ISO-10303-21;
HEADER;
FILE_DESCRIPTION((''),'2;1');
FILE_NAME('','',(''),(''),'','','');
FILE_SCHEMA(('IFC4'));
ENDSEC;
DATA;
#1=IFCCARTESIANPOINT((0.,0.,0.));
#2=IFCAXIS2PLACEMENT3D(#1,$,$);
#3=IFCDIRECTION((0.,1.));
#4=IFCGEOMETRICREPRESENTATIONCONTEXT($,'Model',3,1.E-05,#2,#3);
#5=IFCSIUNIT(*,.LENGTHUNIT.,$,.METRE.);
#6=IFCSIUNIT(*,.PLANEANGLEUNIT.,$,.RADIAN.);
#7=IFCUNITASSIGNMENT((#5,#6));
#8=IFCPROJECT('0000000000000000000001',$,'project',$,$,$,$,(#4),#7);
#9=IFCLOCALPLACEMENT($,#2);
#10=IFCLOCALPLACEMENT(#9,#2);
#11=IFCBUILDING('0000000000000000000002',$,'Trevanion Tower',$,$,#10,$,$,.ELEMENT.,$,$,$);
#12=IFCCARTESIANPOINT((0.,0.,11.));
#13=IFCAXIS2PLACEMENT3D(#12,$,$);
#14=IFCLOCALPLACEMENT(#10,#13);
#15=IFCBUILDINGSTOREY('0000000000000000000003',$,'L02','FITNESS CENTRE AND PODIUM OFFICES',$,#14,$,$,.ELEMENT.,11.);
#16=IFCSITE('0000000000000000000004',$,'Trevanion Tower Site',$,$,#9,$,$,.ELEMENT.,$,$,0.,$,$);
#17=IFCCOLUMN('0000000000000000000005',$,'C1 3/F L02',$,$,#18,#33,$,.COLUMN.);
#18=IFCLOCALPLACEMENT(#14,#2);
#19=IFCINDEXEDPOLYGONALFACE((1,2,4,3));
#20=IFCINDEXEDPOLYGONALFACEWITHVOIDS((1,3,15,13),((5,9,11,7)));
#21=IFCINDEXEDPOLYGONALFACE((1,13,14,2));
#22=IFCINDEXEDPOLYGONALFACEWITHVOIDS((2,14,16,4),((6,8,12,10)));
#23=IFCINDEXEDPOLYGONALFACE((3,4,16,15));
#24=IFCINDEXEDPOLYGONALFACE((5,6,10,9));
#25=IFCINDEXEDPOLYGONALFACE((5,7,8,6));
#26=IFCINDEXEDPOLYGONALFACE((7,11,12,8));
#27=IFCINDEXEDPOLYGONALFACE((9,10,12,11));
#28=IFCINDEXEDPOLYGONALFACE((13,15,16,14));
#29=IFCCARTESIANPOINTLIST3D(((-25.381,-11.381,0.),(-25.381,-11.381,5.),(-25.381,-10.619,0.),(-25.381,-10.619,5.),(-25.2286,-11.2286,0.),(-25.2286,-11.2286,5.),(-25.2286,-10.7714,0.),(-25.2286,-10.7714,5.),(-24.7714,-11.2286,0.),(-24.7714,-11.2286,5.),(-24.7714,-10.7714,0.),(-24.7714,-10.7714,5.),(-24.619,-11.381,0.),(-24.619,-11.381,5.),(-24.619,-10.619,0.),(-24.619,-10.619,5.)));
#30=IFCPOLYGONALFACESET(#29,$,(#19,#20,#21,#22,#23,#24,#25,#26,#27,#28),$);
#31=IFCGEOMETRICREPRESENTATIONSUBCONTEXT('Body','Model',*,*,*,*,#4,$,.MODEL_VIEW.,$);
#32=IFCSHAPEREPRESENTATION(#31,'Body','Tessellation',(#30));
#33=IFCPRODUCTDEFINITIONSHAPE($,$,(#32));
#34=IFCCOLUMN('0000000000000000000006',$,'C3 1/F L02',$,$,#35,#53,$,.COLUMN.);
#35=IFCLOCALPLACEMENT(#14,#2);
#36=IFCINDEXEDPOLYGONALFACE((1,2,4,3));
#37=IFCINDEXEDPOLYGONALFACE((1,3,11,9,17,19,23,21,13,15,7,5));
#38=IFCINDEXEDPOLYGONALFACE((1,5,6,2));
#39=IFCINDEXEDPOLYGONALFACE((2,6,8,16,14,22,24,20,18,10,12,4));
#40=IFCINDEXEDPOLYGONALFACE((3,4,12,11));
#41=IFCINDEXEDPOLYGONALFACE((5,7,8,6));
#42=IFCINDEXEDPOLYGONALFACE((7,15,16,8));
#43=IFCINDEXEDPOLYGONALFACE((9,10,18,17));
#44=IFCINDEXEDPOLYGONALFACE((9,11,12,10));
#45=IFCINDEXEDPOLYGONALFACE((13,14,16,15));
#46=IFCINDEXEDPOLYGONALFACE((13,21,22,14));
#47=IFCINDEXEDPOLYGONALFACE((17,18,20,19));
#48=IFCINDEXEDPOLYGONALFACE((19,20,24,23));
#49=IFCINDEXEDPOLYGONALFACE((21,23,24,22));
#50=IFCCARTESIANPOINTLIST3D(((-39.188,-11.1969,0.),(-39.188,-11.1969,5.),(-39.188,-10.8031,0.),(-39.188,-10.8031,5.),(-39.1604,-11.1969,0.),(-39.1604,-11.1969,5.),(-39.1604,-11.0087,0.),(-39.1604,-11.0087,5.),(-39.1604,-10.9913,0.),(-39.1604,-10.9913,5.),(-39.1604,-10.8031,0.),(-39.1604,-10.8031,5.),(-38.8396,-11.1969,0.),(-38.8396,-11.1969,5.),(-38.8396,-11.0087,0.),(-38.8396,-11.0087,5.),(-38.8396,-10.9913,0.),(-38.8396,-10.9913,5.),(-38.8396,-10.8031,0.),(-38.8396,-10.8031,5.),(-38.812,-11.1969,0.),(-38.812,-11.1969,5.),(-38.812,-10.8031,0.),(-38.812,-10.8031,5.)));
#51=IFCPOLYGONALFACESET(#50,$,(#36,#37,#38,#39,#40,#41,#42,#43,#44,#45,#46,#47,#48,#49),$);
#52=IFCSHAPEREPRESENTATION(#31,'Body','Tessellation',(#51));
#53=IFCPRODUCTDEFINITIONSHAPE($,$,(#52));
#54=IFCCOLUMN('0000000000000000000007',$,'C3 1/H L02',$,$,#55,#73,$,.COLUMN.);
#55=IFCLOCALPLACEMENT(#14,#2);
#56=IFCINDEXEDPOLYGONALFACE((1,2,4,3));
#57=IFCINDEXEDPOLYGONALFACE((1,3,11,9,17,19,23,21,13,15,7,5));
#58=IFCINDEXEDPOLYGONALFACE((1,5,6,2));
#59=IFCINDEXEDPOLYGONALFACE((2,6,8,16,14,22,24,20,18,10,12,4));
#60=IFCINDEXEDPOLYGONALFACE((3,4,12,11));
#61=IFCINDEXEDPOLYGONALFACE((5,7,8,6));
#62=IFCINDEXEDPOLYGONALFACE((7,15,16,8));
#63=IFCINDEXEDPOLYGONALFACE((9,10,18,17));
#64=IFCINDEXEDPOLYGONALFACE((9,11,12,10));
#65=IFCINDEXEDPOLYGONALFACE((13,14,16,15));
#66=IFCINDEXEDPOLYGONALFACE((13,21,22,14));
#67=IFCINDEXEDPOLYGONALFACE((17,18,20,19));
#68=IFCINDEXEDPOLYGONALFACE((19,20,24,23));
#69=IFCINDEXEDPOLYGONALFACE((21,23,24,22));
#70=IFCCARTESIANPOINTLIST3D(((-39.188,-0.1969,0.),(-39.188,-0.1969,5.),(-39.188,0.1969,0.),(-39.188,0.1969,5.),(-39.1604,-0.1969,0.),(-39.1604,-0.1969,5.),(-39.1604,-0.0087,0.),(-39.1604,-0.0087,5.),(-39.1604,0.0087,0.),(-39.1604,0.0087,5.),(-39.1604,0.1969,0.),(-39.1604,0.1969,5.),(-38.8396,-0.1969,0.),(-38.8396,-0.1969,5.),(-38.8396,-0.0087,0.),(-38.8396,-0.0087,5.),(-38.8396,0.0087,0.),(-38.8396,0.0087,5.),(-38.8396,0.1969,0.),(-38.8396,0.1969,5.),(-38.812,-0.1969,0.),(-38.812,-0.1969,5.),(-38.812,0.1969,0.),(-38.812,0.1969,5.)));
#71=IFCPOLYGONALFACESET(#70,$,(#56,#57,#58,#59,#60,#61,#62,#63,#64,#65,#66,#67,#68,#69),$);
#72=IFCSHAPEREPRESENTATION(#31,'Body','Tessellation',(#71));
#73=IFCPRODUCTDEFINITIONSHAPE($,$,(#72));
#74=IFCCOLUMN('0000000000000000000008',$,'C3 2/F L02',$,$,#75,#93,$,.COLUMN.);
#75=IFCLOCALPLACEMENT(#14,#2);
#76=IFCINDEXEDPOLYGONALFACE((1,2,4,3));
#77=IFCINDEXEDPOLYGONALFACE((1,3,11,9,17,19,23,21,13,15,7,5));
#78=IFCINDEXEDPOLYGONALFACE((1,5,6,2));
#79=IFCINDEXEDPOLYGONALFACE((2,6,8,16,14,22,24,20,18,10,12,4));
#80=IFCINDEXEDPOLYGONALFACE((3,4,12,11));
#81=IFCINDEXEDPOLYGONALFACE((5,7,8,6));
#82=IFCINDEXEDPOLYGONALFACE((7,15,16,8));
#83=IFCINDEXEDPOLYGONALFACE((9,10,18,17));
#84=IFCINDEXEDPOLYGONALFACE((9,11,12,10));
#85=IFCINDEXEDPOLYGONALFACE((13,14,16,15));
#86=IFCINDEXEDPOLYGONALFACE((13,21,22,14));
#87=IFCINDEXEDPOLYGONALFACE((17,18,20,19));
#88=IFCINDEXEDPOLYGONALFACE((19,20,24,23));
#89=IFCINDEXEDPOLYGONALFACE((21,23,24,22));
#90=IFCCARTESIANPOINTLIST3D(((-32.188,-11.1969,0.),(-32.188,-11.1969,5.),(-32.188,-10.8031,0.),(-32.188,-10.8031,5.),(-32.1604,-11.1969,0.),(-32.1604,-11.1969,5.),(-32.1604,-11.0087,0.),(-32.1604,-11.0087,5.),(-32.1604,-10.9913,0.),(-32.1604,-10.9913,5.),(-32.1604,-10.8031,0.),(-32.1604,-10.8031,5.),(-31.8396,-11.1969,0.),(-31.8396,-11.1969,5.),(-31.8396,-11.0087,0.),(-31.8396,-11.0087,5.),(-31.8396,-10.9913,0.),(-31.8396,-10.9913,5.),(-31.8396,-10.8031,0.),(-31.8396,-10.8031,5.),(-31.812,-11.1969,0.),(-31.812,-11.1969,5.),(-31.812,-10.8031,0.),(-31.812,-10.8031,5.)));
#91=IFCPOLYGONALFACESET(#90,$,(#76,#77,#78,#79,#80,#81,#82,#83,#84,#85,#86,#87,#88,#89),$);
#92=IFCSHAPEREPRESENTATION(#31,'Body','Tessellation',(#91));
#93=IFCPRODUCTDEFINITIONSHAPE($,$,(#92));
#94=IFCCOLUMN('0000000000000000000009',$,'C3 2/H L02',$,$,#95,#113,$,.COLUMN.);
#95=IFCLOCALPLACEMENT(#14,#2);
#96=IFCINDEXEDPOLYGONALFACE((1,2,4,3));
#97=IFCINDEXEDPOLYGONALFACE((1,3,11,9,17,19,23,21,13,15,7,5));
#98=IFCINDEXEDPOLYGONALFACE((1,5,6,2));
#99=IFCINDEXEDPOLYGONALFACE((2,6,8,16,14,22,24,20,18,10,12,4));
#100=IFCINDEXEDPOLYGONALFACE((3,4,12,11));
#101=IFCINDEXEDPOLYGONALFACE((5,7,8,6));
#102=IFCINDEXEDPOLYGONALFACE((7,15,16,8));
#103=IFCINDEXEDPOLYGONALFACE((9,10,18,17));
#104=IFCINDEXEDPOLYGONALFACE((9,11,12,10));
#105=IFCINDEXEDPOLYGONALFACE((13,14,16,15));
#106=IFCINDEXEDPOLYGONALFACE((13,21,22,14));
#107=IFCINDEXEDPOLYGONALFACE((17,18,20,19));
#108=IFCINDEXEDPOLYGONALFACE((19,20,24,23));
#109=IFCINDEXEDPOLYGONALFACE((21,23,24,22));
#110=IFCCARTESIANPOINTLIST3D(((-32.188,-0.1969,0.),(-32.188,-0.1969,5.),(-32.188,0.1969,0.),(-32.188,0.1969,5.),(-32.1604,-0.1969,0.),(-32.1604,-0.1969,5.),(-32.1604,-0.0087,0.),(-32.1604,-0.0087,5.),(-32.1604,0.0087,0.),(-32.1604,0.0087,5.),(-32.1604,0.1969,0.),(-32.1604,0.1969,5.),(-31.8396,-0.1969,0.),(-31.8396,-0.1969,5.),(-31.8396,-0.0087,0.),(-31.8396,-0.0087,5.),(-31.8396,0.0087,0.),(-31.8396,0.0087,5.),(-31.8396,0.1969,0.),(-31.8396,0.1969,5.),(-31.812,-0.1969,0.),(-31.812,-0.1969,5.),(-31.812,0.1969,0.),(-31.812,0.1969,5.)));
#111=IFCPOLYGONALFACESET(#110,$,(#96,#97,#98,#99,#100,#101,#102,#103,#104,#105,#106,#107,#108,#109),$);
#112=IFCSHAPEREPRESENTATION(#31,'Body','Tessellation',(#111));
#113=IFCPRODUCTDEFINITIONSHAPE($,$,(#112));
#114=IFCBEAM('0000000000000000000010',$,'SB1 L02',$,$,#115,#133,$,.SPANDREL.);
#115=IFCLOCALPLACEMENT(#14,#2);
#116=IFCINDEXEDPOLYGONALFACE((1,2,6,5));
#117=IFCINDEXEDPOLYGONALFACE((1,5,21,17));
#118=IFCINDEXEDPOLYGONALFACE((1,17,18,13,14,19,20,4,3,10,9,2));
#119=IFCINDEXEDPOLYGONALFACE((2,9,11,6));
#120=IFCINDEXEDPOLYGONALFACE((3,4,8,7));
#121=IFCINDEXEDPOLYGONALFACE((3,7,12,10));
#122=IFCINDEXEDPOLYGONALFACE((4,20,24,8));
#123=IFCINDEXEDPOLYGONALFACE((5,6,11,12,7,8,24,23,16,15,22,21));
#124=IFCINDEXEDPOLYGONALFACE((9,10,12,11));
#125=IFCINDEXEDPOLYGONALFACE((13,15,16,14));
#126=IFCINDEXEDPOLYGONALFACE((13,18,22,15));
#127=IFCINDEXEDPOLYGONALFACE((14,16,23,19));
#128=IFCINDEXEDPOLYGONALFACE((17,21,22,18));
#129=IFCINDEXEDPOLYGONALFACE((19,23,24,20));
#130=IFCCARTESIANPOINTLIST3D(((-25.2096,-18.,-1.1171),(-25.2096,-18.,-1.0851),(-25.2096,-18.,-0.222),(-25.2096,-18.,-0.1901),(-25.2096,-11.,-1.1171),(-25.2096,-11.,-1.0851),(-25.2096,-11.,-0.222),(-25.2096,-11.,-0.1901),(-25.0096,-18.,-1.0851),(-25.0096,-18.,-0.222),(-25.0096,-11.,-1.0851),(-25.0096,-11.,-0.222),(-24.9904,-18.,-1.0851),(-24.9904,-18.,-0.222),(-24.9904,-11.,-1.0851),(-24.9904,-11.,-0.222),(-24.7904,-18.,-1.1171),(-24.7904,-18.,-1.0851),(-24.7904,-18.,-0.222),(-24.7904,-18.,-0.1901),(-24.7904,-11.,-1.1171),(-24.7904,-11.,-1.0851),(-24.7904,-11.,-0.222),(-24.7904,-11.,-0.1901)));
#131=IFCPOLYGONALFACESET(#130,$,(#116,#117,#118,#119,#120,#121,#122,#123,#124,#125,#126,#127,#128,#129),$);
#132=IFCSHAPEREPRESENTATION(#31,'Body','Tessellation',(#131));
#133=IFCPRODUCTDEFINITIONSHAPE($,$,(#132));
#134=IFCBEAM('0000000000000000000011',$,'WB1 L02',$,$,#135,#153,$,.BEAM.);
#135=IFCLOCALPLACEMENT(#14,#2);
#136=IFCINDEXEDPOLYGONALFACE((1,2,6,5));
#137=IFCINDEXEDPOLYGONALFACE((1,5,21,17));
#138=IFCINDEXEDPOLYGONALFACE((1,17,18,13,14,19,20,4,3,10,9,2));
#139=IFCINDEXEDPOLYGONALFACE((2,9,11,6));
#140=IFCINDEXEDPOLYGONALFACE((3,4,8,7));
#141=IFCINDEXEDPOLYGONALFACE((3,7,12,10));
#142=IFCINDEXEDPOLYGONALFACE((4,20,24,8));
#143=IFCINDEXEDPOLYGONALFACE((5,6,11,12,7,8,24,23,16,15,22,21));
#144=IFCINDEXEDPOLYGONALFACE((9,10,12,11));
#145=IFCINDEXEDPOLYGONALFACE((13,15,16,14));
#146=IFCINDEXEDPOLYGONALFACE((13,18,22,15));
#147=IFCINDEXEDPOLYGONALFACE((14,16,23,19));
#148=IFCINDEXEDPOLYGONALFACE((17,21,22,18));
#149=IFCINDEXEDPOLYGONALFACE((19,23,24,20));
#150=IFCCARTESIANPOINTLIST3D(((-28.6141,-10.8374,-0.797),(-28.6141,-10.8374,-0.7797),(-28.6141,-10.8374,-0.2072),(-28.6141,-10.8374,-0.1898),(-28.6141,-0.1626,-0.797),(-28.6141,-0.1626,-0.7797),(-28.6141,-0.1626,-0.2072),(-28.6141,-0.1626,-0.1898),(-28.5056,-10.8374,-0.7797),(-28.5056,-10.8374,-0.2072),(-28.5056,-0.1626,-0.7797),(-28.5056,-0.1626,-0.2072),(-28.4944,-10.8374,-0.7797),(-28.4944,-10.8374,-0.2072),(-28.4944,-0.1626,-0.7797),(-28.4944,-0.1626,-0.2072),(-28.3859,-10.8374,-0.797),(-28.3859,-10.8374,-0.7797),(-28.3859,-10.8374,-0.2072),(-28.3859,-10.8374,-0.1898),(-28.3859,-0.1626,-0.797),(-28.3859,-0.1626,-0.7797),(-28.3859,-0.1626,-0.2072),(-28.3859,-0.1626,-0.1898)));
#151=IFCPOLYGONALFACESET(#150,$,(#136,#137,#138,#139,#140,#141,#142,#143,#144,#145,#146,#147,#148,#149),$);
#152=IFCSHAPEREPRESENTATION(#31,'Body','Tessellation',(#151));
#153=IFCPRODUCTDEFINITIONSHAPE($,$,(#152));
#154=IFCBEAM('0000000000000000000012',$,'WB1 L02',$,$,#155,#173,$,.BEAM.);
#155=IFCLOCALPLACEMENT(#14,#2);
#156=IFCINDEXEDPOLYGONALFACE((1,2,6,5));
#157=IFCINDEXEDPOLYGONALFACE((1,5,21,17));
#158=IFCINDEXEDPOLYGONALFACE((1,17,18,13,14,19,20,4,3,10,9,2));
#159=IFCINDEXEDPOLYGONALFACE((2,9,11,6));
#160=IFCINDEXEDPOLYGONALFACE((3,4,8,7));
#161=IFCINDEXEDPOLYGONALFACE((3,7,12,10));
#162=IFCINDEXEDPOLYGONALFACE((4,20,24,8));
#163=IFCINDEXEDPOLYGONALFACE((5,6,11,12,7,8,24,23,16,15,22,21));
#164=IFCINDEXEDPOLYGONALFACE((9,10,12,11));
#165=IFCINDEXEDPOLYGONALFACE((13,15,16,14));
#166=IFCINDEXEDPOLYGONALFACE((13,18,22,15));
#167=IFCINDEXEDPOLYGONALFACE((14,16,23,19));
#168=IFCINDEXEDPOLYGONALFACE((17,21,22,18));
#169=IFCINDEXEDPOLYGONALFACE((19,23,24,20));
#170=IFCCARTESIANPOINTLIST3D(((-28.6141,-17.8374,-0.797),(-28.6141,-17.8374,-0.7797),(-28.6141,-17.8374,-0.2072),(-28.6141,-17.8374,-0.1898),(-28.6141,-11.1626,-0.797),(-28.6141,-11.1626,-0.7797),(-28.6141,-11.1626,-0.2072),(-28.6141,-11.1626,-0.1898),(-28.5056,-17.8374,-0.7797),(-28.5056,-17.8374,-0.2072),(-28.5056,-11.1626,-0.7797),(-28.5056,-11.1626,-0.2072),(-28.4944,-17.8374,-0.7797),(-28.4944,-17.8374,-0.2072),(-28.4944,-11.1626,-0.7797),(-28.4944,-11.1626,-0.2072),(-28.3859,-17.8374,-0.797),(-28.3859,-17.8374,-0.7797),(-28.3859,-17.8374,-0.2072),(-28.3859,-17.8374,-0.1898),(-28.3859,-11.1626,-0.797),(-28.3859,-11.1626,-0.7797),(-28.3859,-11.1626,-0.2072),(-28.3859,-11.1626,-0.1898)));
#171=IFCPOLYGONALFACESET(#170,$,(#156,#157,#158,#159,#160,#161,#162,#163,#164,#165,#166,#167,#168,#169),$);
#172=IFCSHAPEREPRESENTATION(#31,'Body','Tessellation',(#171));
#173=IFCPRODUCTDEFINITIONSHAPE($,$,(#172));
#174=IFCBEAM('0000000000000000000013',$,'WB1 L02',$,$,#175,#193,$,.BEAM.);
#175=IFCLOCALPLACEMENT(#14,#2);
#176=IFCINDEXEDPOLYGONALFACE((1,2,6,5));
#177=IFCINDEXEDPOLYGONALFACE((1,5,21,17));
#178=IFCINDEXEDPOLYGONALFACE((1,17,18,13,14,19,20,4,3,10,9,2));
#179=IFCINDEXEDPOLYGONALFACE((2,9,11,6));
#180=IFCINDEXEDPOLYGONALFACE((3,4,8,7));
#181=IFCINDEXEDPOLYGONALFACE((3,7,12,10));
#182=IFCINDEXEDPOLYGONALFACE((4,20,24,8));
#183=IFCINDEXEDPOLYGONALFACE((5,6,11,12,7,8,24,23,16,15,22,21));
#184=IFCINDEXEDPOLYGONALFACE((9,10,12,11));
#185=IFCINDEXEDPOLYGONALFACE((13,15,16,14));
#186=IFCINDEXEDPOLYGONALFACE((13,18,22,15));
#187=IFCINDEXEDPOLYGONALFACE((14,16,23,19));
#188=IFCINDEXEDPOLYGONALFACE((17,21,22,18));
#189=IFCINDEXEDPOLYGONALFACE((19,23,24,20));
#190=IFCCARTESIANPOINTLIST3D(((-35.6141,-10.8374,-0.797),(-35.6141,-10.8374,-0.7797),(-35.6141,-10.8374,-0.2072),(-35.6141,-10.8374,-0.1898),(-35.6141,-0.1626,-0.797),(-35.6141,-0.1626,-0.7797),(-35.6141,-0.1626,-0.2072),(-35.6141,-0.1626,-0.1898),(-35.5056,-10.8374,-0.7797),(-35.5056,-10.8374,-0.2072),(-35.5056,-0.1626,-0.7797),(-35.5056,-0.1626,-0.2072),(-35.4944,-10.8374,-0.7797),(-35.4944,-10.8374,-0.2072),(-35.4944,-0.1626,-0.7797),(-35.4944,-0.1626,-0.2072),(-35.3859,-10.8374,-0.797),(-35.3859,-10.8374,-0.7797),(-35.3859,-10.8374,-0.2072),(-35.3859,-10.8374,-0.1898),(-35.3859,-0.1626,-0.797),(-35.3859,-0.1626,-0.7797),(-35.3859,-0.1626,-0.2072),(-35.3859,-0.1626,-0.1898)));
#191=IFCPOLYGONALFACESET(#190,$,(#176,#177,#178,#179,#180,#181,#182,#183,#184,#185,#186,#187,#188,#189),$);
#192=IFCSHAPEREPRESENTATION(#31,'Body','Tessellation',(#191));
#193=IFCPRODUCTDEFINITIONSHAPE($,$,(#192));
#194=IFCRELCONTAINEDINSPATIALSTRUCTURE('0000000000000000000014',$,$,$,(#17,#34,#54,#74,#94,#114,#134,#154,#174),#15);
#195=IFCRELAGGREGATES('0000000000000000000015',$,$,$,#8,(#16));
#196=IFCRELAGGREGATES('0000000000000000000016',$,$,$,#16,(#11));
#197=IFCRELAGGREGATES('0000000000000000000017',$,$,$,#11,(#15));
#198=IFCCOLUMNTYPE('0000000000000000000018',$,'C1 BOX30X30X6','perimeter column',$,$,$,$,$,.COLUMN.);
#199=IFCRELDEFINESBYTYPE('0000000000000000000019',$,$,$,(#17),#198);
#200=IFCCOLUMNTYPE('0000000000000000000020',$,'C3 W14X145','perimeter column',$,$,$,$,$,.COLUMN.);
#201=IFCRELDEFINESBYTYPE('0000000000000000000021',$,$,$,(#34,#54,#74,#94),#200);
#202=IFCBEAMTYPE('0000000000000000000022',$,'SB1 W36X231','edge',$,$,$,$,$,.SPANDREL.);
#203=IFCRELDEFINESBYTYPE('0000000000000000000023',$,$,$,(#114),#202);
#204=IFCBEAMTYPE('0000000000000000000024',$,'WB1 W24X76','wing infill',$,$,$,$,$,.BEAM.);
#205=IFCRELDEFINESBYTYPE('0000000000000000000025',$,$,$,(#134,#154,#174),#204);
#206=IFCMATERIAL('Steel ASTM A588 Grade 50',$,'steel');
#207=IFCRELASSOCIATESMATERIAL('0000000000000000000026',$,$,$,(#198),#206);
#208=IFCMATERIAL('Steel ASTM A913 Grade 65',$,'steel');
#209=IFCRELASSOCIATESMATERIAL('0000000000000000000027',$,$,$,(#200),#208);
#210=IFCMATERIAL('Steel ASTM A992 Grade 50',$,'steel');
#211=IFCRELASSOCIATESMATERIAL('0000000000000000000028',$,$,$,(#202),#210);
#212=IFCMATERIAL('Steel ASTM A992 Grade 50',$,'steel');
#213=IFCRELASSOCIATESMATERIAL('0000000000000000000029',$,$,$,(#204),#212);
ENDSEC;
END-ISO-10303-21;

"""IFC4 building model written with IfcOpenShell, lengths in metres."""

from ifc_helpers import new_model, si_unit, direction, frame, origin, origin_2d, place, context, subcontext, project, spatial, hollow_rectangle, i_section, extrude, material, material_profile, profile_set, type_object, element, save


model = new_model("IFC4")

# Units and contexts
model_context = context("Model", 3, precision=1e-05, world=origin(), true_north=direction((0.0, 1.0)))
body_context = subcontext(model_context, "Body", "Model", "MODEL_VIEW")
ifc_project = project(units=[si_unit("LENGTHUNIT", "METRE"), si_unit("PLANEANGLEUNIT", "RADIAN")], contexts=[model_context])

# Site, building, storey
site_placement = place(None, origin())
site = spatial("IfcSite", under=ifc_project, at=site_placement, Name="Trevanion Tower Site", CompositionType="ELEMENT", RefElevation=0.0)
building_placement = place(site_placement, origin())
building = spatial("IfcBuilding", under=site, at=building_placement, Name="Trevanion Tower", CompositionType="ELEMENT")
storey_placement = place(building_placement, frame((0.0, 0.0, 11.0)))
storey = spatial("IfcBuildingStorey", under=building, at=storey_placement, Name="L02", Description="FITNESS CENTRE AND PODIUM OFFICES", CompositionType="ELEMENT", Elevation=11.0)

# Columns
ifc_material_1 = material(Name="Steel ASTM A588 Grade 50", Category="steel")
ifc_material_profile_1 = material_profile(ifc_material_1, hollow_rectangle(XDim=0.762, YDim=0.762, WallThickness=0.1523, at=origin_2d()), Name="BOX30X30X6")
ifc_profile_set_1 = profile_set([ifc_material_profile_1], Name="Steel ASTM A588 Grade 50")
column_type_1 = type_object("IfcColumnType", Name="C1 BOX30X30X6", Description="perimeter column", PredefinedType="COLUMN", material=ifc_profile_set_1)
column_placement = place(storey_placement, frame((-25.0, -11.0, 0.0), z_axis=(0.0, 0.0, 1.0), x_axis=(0.0, 1.0, 0.0)))
element("IfcColumn", 1, at=column_placement, inside=storey, type_object=column_type_1, Name="C1 3/F L02", PredefinedType="COLUMN", context=body_context, shape_type="SweptSolid", body=[
    extrude(hollow_rectangle(XDim=0.762, YDim=0.762, WallThickness=0.1523, at=origin_2d()), origin(), (0.0, 0.0, 1.0), 5.0),
])
ifc_material_2 = material(Name="Steel ASTM A913 Grade 65", Category="steel")
ifc_material_profile_2 = material_profile(ifc_material_2, i_section(OverallWidth=0.3938, OverallDepth=0.376, WebThickness=0.0173, FlangeThickness=0.0276, at=origin_2d()), Name="W14X145")
ifc_profile_set_2 = profile_set([ifc_material_profile_2], Name="Steel ASTM A913 Grade 65")
column_type_2 = type_object("IfcColumnType", Name="C3 W14X145", Description="perimeter column", PredefinedType="COLUMN", material=ifc_profile_set_2)
for number, where, z_axis, x_axis, name in (
    (2, (-39.0, -11.0, 0.0), (0.0, 0.0, 1.0), (0.0, 1.0, 0.0), "C3 1/F L02"),
    (3, (-39.0, 0.0, 0.0), (0.0, 0.0, 1.0), (0.0, 1.0, 0.0), "C3 1/H L02"),
    (4, (-32.0, -11.0, 0.0), (0.0, 0.0, 1.0), (0.0, 1.0, 0.0), "C3 2/F L02"),
    (5, (-32.0, 0.0, 0.0), (0.0, 0.0, 1.0), (0.0, 1.0, 0.0), "C3 2/H L02"),
):
    element("IfcColumn", number, at=place(storey_placement, frame(where, z_axis=z_axis, x_axis=x_axis)), inside=storey, type_object=column_type_2, Name=name, PredefinedType="COLUMN", context=body_context, shape_type="SweptSolid", body=[
        extrude(i_section(OverallWidth=0.3938, OverallDepth=0.376, WebThickness=0.0173, FlangeThickness=0.0276, at=origin_2d()), origin(), (0.0, 0.0, 1.0), 5.0),
    ])

# Beams
ifc_material_3 = material(Name="Steel ASTM A992 Grade 50", Category="steel")
ifc_material_profile_3 = material_profile(ifc_material_3, i_section(OverallWidth=0.4192, OverallDepth=0.927, WebThickness=0.0193, FlangeThickness=0.032, at=origin_2d()), Name="W36X231")
ifc_profile_set_3 = profile_set([ifc_material_profile_3], Name="Steel ASTM A992 Grade 50")
beam_type_1 = type_object("IfcBeamType", Name="SB1 W36X231", Description="edge", PredefinedType="SPANDREL", material=ifc_profile_set_3)
beam_1_placement = place(storey_placement, frame((-25.0, -11.0, -0.6536), z_axis=(0.0, -1.0, 0.0), x_axis=(1.0, 0.0, 0.0)))
element("IfcBeam", 6, at=beam_1_placement, inside=storey, type_object=beam_type_1, Name="SB1 L02", PredefinedType="SPANDREL", context=body_context, shape_type="SweptSolid", body=[
    extrude(i_section(OverallWidth=0.4192, OverallDepth=0.927, WebThickness=0.0193, FlangeThickness=0.032, at=origin_2d()), origin(), (0.0, 0.0, 1.0), 7.0),
])
ifc_material_4 = material(Name="Steel ASTM A992 Grade 50", Category="steel")
ifc_material_profile_4 = material_profile(ifc_material_4, i_section(OverallWidth=0.2283, OverallDepth=0.6072, WebThickness=0.0112, FlangeThickness=0.0173, at=origin_2d()), Name="W24X76")
ifc_profile_set_4 = profile_set([ifc_material_profile_4], Name="Steel ASTM A992 Grade 50")
beam_type_2 = type_object("IfcBeamType", Name="WB1 W24X76", Description="wing infill", PredefinedType="BEAM", material=ifc_profile_set_4)
beam_2_placement = place(storey_placement, frame((-28.5, -0.1626, -0.4934), z_axis=(0.0, -1.0, 0.0), x_axis=(1.0, 0.0, 0.0)))
element("IfcBeam", 7, at=beam_2_placement, inside=storey, type_object=beam_type_2, Name="WB1 L02", PredefinedType="BEAM", context=body_context, shape_type="SweptSolid", body=[
    extrude(i_section(OverallWidth=0.2283, OverallDepth=0.6072, WebThickness=0.0112, FlangeThickness=0.0173, at=origin_2d()), origin(), (0.0, 0.0, 1.0), 10.6748),
])
beam_3_placement = place(storey_placement, frame((-28.5, -11.1626, -0.4934), z_axis=(0.0, -1.0, 0.0), x_axis=(1.0, 0.0, 0.0)))
element("IfcBeam", 8, at=beam_3_placement, inside=storey, type_object=beam_type_2, Name="WB1 L02", PredefinedType="BEAM", context=body_context, shape_type="SweptSolid", body=[
    extrude(i_section(OverallWidth=0.2283, OverallDepth=0.6072, WebThickness=0.0112, FlangeThickness=0.0173, at=origin_2d()), origin(), (0.0, 0.0, 1.0), 6.6748),
])
beam_4_placement = place(storey_placement, frame((-35.5, -0.1626, -0.4934), z_axis=(0.0, -1.0, 0.0), x_axis=(1.0, 0.0, 0.0)))
element("IfcBeam", 9, at=beam_4_placement, inside=storey, type_object=beam_type_2, Name="WB1 L02", PredefinedType="BEAM", context=body_context, shape_type="SweptSolid", body=[
    extrude(i_section(OverallWidth=0.2283, OverallDepth=0.6072, WebThickness=0.0112, FlangeThickness=0.0173, at=origin_2d()), origin(), (0.0, 0.0, 1.0), 10.6748),
])

save(model, "model.ifc")
